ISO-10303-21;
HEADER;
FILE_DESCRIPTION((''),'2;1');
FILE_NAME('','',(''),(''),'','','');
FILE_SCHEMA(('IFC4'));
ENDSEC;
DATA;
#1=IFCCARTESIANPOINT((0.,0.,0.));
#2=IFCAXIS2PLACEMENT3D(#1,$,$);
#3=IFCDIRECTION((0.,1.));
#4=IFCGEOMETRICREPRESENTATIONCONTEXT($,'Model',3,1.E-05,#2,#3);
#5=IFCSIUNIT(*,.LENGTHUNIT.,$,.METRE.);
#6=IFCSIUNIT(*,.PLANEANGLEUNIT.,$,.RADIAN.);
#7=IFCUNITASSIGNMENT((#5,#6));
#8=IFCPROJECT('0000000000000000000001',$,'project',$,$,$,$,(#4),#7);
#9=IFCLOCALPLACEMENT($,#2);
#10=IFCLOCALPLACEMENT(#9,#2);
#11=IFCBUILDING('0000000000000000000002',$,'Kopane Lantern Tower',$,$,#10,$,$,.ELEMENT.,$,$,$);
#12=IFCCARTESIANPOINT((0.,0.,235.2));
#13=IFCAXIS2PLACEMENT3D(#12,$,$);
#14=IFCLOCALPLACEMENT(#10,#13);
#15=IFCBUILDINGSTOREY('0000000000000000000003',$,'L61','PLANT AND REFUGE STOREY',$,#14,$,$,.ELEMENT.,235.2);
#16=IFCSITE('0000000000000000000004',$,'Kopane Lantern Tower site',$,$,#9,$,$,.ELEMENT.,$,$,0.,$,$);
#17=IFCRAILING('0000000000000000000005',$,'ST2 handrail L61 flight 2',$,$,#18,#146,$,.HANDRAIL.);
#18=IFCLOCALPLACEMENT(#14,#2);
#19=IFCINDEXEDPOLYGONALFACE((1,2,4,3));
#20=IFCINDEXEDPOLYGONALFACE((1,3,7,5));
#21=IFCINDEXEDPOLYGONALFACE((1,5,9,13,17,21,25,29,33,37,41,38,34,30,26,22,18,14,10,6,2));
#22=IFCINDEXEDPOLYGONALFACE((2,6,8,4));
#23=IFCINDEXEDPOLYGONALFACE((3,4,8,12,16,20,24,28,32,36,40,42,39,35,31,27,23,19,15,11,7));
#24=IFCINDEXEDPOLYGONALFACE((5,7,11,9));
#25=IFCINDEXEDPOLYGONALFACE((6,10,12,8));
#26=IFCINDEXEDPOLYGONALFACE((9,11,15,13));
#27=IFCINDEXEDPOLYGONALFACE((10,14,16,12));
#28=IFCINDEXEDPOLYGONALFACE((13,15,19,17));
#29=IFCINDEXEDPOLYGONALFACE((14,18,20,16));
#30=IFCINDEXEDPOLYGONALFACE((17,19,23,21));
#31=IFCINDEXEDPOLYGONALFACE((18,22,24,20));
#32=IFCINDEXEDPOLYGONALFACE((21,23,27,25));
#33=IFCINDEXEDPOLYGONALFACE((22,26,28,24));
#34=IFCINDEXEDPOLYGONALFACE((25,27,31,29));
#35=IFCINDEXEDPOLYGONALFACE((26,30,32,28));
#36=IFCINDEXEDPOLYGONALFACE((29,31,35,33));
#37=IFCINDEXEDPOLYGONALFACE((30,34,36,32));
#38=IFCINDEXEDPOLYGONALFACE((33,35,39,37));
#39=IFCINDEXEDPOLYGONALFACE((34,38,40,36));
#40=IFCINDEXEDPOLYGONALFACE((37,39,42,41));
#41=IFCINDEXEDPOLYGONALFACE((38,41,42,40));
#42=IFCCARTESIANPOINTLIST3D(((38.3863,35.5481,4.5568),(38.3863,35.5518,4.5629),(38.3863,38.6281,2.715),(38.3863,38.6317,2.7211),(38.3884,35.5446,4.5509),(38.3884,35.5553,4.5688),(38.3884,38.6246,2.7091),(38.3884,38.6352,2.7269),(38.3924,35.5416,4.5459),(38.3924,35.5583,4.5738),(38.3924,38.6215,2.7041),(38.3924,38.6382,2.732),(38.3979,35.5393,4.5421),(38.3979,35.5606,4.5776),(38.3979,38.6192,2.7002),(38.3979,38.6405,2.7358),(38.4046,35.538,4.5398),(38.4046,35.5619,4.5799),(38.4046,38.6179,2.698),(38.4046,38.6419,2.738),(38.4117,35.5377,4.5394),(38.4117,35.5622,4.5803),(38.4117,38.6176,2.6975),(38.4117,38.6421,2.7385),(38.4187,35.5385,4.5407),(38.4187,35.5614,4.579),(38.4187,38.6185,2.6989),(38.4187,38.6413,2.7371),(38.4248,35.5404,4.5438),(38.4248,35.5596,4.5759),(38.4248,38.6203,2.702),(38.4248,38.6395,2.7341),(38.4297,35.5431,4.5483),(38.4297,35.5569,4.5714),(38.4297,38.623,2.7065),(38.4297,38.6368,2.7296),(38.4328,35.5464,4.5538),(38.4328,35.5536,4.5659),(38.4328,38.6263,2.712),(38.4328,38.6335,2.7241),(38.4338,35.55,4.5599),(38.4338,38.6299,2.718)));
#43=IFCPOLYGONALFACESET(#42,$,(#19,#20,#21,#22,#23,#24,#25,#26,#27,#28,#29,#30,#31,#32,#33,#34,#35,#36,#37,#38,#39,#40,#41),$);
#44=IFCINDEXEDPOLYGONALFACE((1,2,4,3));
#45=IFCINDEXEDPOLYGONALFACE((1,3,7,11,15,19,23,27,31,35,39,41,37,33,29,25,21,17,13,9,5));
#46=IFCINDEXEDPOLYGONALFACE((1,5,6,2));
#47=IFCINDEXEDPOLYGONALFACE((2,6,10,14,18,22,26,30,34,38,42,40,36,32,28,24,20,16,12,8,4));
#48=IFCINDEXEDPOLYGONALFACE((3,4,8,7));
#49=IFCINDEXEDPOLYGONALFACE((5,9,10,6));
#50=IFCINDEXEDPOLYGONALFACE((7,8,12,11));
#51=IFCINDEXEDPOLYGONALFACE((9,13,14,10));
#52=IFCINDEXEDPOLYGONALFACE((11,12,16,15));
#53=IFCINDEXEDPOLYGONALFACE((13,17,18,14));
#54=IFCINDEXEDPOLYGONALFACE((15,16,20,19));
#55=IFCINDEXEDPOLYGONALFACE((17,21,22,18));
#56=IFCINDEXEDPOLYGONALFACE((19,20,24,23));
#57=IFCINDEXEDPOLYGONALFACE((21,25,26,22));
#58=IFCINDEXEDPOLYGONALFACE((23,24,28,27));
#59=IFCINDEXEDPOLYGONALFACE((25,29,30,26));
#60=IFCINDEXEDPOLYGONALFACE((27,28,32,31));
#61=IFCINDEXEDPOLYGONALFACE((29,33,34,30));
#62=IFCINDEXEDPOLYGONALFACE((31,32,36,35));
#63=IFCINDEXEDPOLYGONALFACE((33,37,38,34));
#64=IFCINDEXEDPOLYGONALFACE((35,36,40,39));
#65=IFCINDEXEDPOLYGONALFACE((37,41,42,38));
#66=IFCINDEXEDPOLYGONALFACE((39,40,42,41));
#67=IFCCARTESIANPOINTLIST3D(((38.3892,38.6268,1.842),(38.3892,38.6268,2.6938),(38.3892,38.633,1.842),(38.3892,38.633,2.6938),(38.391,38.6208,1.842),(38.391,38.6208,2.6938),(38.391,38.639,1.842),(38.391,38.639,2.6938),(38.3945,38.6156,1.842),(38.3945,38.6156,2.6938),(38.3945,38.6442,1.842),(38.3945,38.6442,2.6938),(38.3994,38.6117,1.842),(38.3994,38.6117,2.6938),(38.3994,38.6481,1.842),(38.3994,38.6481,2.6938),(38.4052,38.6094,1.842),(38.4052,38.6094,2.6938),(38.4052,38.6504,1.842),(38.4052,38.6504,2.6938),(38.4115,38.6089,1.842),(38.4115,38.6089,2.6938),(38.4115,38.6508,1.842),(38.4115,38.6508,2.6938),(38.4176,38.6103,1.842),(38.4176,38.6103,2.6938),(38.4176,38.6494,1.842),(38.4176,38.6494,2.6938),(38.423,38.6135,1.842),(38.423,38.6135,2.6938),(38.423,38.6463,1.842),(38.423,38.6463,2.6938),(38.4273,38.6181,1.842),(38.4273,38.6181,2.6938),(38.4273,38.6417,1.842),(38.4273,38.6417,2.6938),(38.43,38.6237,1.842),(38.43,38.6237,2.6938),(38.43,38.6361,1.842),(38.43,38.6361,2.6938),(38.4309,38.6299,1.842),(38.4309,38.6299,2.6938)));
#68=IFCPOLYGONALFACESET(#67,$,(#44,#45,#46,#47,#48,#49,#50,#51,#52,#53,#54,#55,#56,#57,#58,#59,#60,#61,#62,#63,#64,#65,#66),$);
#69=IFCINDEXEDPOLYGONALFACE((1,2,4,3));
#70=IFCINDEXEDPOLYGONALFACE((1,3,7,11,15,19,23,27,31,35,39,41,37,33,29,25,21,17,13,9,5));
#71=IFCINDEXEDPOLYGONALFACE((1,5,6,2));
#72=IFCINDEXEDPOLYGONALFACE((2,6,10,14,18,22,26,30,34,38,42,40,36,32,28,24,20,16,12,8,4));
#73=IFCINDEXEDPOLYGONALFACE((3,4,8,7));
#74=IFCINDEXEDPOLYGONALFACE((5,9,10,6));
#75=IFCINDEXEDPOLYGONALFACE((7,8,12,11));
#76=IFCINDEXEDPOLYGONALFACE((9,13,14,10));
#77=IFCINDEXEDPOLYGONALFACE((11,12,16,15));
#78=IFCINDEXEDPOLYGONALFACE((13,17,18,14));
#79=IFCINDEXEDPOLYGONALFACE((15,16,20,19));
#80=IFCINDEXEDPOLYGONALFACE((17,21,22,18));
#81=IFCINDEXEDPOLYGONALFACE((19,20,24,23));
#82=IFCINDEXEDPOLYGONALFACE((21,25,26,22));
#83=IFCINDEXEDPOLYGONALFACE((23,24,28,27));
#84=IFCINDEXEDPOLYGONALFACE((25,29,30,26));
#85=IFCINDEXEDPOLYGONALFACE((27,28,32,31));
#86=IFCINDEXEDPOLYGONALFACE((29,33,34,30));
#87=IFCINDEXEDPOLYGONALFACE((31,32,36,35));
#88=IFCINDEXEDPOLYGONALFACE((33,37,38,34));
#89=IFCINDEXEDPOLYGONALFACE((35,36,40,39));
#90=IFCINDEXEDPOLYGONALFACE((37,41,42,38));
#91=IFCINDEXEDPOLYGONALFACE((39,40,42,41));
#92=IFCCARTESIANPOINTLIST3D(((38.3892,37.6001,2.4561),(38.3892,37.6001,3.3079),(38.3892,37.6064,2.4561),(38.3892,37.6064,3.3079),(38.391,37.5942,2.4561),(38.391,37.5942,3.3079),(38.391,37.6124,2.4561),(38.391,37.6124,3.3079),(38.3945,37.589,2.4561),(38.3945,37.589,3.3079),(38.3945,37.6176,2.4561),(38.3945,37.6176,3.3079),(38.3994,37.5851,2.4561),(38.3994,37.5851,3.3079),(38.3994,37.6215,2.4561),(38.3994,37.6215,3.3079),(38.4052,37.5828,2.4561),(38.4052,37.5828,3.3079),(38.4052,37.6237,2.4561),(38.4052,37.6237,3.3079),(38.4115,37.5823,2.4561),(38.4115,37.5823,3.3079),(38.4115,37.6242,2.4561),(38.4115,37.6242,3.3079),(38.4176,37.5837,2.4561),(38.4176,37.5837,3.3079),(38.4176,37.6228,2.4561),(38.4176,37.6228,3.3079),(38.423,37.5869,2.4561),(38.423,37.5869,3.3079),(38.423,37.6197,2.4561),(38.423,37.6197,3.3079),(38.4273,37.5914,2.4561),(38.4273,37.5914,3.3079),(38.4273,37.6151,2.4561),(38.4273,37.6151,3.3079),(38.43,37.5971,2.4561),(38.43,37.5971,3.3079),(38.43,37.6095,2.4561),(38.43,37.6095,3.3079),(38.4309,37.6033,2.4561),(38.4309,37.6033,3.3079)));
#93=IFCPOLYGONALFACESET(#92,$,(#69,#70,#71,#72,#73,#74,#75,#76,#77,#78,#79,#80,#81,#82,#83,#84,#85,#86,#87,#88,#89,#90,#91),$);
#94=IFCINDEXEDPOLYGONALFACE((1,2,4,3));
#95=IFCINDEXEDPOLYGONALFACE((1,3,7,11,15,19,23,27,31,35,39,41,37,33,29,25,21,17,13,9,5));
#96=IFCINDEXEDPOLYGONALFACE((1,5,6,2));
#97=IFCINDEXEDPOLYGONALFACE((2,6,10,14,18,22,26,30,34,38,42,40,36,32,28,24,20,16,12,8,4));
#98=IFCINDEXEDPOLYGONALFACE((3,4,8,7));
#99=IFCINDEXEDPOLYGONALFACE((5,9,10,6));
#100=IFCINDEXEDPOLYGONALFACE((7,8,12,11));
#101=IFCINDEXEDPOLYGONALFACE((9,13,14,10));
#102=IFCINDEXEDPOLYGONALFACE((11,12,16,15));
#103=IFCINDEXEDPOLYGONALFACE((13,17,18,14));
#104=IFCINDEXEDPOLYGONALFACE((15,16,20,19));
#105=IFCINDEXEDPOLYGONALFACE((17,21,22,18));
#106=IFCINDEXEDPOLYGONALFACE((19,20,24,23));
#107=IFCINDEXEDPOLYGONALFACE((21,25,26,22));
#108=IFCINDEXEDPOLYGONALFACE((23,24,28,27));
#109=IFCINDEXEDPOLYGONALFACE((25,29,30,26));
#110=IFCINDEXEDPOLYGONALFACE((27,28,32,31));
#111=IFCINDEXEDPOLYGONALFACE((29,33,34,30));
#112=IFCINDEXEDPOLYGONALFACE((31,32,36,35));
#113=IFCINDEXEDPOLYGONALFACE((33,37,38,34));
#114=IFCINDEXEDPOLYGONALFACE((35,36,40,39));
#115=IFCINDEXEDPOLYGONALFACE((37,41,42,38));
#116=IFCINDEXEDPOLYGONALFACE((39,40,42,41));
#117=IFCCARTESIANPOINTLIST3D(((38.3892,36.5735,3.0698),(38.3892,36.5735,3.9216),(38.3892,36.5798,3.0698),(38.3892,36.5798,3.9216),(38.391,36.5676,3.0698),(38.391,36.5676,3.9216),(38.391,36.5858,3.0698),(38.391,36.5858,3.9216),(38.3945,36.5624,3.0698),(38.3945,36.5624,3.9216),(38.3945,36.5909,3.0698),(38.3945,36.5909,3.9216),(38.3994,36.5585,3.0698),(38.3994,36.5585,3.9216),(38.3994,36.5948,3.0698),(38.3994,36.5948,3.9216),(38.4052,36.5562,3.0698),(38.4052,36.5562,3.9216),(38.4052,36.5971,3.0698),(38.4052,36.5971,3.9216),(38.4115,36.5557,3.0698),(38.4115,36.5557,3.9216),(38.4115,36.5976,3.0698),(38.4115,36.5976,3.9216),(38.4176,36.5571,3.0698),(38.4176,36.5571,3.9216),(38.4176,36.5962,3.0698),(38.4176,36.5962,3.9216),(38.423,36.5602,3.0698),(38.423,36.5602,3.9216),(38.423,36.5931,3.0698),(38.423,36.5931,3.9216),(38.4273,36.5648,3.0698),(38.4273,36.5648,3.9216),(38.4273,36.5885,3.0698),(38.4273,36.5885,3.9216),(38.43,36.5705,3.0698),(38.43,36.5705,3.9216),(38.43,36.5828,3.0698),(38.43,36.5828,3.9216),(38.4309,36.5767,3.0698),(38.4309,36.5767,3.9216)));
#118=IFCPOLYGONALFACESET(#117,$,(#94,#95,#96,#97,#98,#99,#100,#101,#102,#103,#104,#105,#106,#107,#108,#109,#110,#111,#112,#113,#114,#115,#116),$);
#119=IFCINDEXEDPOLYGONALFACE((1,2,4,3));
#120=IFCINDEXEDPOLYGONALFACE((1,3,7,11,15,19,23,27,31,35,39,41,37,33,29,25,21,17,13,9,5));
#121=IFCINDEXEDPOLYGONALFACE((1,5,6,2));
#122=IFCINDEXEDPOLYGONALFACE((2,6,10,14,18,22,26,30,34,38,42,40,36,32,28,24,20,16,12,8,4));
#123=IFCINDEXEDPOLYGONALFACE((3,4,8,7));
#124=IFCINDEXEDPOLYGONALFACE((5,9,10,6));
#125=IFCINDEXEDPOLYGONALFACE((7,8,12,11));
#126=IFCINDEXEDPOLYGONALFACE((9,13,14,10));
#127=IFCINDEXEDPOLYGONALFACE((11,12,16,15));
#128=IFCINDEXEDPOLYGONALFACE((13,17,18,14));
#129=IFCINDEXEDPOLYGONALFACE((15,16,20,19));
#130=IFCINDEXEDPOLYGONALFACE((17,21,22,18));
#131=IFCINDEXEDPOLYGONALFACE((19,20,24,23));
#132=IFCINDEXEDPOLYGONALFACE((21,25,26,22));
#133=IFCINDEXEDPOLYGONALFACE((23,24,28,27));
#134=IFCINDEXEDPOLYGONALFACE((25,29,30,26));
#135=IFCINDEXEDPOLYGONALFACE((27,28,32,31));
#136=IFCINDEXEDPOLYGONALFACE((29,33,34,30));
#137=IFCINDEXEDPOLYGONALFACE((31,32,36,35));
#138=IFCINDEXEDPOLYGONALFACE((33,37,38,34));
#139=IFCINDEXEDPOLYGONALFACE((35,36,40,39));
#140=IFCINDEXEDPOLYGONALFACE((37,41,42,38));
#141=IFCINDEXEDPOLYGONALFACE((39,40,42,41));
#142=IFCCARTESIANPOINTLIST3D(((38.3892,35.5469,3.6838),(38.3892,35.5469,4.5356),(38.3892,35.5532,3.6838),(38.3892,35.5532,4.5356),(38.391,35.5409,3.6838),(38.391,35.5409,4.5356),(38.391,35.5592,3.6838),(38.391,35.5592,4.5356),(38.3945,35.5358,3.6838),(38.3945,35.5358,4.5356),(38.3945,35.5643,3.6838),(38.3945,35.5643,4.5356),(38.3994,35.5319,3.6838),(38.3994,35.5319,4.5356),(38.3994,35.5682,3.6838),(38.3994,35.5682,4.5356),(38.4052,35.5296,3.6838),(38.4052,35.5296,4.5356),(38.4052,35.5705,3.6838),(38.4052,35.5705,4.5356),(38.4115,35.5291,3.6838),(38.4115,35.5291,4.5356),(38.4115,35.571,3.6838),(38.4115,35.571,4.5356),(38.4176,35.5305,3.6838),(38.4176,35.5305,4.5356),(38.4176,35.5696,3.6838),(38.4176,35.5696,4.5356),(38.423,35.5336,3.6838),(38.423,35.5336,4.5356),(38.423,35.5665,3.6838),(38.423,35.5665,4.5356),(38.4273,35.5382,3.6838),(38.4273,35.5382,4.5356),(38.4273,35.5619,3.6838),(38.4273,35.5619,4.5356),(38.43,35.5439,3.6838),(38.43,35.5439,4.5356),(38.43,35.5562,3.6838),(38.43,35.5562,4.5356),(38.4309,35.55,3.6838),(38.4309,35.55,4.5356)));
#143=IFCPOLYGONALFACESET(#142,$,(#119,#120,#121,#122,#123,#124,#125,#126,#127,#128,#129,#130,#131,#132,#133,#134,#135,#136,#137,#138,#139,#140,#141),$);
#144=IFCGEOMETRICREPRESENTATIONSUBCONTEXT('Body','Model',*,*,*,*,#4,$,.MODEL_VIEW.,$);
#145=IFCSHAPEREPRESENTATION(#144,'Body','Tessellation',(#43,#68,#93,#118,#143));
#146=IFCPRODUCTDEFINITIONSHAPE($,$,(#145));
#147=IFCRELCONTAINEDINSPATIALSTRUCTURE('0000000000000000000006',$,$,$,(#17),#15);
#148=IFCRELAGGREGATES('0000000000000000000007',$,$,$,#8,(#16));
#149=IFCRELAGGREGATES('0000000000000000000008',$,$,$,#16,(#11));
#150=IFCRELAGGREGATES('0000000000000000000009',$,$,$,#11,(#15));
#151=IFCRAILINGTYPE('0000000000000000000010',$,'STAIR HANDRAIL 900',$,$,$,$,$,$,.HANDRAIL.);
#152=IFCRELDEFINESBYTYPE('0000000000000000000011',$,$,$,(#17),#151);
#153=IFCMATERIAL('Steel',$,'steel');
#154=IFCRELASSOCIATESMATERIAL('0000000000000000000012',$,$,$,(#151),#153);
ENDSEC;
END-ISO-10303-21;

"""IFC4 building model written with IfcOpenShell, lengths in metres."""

from ifc_helpers import new_model, si_unit, direction, frame, origin, origin_2d, place, context, subcontext, project, spatial, circle, extrude, material, type_object, element, save


model = new_model("IFC4")

# Units and contexts
model_context = context("Model", 3, precision=1e-05, world=origin(), true_north=direction((0.0, 1.0)))
body_context = subcontext(model_context, "Body", "Model", "MODEL_VIEW")
ifc_project = project(units=[si_unit("LENGTHUNIT", "METRE"), si_unit("PLANEANGLEUNIT", "RADIAN")], contexts=[model_context])

# Site, building, storey
site_placement = place(None, origin())
site = spatial("IfcSite", under=ifc_project, at=site_placement, Name="Kopane Lantern Tower site", CompositionType="ELEMENT", RefElevation=0.0)
building_placement = place(site_placement, origin())
building = spatial("IfcBuilding", under=site, at=building_placement, Name="Kopane Lantern Tower", CompositionType="ELEMENT")
storey_placement = place(building_placement, frame((0.0, 0.0, 235.2)))
storey = spatial("IfcBuildingStorey", under=building, at=storey_placement, Name="L61", Description="PLANT AND REFUGE STOREY", CompositionType="ELEMENT", Elevation=235.2)

# Railing
ifc_material_1 = material(Name="Steel", Category="steel")
railing_type_1 = type_object("IfcRailingType", Name="STAIR HANDRAIL 900", PredefinedType="HANDRAIL", material=ifc_material_1)
for number, where, name in (
    (1, (38.4099, 38.6299, 1.842), "ST2 handrail L61 flight 2"),
):
    element("IfcRailing", number, at=place(storey_placement, frame(where)), inside=storey, type_object=railing_type_1, Name=name, PredefinedType="HANDRAIL", context=body_context, shape_type="SweptSolid", body=[
        extrude(circle(Radius=0.0239, at=origin_2d()), frame((0.0, 0.0, 0.876), z_axis=(0.0, -0.858242, 0.513245), x_axis=(1.0, 0.0, 0.0)), (0.0, 0.0, 1.0), 3.5886),
        extrude(circle(Radius=0.021, at=origin_2d()), origin(), (0.0, 0.0, 1.0), 0.8518),
        extrude(circle(Radius=0.021, at=origin_2d()), frame((0.0, -1.0266, 0.614)), (0.0, 0.0, 1.0), 0.8518),
        extrude(circle(Radius=0.021, at=origin_2d()), frame((0.0, -2.0532, 1.2278)), (0.0, 0.0, 1.0), 0.8518),
        extrude(circle(Radius=0.021, at=origin_2d()), frame((0.0, -3.0798, 1.8418)), (0.0, 0.0, 1.0), 0.8518),
    ])

save(model, "model.ifc")
